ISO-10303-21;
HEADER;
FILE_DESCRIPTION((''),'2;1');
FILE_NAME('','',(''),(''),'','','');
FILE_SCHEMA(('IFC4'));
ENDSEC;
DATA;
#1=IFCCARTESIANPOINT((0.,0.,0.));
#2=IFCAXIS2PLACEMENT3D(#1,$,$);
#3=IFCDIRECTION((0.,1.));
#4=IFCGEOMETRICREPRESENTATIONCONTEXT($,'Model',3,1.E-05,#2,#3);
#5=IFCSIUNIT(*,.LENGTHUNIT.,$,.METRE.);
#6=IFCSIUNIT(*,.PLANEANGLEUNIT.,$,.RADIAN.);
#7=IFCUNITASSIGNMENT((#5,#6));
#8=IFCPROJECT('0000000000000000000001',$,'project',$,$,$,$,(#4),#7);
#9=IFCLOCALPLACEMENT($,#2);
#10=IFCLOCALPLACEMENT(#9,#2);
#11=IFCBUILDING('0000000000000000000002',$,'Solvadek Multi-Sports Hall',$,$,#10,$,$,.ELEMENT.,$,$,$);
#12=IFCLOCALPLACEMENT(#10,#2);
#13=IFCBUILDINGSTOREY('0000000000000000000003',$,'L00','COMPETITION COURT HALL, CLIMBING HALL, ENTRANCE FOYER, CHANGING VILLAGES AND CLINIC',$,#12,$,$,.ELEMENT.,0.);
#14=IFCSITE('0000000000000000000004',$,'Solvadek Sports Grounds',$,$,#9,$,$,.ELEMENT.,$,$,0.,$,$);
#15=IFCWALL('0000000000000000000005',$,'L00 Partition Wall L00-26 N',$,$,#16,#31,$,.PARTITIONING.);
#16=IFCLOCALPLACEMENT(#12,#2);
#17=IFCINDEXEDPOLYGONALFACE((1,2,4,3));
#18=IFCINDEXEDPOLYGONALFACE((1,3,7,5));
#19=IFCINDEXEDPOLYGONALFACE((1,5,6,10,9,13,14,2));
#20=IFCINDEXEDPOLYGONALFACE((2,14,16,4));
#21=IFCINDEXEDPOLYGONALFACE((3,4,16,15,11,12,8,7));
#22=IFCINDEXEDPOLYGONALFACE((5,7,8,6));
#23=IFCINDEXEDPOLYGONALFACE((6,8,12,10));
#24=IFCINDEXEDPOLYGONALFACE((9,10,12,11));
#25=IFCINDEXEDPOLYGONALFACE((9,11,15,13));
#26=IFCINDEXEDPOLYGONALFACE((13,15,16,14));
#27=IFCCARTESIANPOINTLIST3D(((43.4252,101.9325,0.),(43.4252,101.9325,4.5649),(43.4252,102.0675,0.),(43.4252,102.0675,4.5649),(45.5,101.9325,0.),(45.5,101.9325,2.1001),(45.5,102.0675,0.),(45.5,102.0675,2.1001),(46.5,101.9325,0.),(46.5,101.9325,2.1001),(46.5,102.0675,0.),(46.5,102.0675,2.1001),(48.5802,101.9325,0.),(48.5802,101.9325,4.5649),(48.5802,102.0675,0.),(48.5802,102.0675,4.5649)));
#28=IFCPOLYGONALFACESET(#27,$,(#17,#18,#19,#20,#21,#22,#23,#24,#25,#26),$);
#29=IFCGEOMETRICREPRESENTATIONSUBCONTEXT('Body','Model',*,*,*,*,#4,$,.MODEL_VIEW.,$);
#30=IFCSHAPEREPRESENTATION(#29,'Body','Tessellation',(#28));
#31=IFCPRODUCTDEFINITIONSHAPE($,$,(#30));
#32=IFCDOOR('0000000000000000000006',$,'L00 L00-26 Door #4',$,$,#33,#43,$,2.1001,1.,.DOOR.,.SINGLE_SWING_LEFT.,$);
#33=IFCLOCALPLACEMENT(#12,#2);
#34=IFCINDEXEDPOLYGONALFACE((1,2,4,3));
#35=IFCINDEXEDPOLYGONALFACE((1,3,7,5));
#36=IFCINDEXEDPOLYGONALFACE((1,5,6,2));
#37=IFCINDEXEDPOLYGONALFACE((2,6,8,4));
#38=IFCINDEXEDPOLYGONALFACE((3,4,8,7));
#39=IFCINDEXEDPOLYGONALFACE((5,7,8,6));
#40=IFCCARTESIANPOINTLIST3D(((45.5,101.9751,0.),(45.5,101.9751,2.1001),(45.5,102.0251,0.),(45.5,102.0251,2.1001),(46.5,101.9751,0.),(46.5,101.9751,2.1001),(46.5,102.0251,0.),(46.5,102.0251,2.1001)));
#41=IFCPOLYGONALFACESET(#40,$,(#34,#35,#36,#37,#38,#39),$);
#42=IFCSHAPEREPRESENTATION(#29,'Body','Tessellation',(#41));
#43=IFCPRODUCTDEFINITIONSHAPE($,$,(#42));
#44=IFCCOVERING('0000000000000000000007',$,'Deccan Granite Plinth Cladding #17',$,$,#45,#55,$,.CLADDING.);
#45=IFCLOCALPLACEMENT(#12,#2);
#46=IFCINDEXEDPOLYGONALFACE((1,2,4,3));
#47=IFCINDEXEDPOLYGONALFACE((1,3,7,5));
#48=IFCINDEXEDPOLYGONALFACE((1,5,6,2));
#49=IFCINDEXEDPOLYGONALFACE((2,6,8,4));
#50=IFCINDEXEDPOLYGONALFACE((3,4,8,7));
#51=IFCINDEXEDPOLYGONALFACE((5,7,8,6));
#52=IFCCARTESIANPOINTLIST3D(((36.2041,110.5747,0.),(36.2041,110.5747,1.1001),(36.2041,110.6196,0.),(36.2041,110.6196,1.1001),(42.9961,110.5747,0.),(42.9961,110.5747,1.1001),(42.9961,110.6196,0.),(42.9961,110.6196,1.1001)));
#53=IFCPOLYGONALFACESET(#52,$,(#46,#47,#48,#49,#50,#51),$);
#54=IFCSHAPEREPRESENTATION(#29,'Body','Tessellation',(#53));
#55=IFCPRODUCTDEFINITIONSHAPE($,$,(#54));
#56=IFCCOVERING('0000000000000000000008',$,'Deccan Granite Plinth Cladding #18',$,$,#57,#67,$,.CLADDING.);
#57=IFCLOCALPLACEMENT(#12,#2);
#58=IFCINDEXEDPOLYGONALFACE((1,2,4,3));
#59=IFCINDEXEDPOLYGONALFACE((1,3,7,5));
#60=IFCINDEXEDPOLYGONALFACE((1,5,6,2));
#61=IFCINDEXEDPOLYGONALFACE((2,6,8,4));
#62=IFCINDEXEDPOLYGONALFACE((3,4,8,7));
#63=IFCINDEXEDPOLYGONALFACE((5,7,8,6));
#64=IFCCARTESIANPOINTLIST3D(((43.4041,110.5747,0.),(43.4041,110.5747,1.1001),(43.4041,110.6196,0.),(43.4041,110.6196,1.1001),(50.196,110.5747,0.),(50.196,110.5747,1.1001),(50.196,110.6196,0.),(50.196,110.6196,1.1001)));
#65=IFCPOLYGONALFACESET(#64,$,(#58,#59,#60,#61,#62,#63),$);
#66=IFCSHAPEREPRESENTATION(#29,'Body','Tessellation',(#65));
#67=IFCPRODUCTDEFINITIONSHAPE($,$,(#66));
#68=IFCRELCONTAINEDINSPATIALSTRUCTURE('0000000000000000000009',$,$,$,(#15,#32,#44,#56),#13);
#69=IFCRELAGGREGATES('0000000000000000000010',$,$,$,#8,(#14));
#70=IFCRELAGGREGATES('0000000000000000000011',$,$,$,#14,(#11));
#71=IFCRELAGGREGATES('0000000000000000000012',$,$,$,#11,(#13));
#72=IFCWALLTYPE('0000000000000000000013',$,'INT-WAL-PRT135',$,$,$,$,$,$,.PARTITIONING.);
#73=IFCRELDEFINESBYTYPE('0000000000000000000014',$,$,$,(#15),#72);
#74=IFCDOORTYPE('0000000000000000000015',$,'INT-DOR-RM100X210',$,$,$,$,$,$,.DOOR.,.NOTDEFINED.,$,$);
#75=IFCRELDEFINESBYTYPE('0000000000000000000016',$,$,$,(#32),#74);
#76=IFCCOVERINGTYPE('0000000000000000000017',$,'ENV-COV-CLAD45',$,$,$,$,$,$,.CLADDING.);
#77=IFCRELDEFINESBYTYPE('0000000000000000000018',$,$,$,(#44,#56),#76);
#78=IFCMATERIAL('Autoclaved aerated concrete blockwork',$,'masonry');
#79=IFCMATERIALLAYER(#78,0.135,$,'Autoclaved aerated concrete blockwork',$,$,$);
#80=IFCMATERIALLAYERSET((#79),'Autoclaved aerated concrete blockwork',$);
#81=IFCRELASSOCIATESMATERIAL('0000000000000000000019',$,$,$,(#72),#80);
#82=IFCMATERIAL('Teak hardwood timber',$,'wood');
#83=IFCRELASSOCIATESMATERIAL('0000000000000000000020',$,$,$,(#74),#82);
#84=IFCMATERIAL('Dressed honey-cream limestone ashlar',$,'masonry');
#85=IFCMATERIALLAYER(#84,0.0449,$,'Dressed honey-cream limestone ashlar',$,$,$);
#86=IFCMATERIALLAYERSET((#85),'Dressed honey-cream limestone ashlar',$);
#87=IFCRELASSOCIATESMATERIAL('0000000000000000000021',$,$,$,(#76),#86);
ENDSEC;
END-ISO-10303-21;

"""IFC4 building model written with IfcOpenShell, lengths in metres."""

from ifc_helpers import new_model, si_unit, direction, frame, frame_2d, origin, origin_2d, place, context, subcontext, project, spatial, rectangle, extrude, material, layer, layer_set, type_object, element, fill, save


model = new_model("IFC4")

# Units and contexts
model_context = context("Model", 3, precision=1e-05, world=origin(), true_north=direction((0.0, 1.0)))
body_context = subcontext(model_context, "Body", "Model", "MODEL_VIEW")
ifc_project = project(units=[si_unit("LENGTHUNIT", "METRE"), si_unit("PLANEANGLEUNIT", "RADIAN")], contexts=[model_context])

# Site, building, storey
site_placement = place(None, origin())
site = spatial("IfcSite", under=ifc_project, at=site_placement, Name="Solvadek Sports Grounds", CompositionType="ELEMENT", RefElevation=0.0)
building_placement = place(site_placement, origin())
building = spatial("IfcBuilding", under=site, at=building_placement, Name="Solvadek Multi-Sports Hall", CompositionType="ELEMENT")
storey_placement = place(building_placement, origin())
storey = spatial("IfcBuildingStorey", under=building, at=storey_placement, Name="L00", Description="COMPETITION COURT HALL, CLIMBING HALL, ENTRANCE FOYER, CHANGING VILLAGES AND CLINIC", CompositionType="ELEMENT", Elevation=0.0)

# Shared definitions
ifc_material_1 = material(Name="Autoclaved aerated concrete blockwork", Category="masonry")
ifc_layer_1 = layer(ifc_material_1, 0.135, Name="Autoclaved aerated concrete blockwork")
ifc_layer_set_1 = layer_set([ifc_layer_1], Name="Autoclaved aerated concrete blockwork")
wall_type_1 = type_object("IfcWallType", Name="INT-WAL-PRT135", PredefinedType="PARTITIONING", material=ifc_layer_set_1)
ifc_material_2 = material(Name="Teak hardwood timber", Category="wood")
door_type = type_object("IfcDoorType", Name="INT-DOR-RM100X210", OperationType="NOTDEFINED", PredefinedType="DOOR", material=ifc_material_2)

# Wall, opening, door
wall_1_placement = place(storey_placement, frame((43.425, 102.0, 0.0), z_axis=(0.0, 0.0, 1.0), x_axis=(1.0, 0.0, 0.0)))
wall_1 = element("IfcWall", 1, at=wall_1_placement, inside=storey, type_object=wall_type_1, Name="L00 Partition Wall L00-26 N", PredefinedType="PARTITIONING", context=body_context, shape_type="SweptSolid", body=[
    extrude(rectangle(XDim=5.155, YDim=0.135, at=frame_2d((2.5776, 0.0))), origin(), (0.0, 0.0, 1.0), 4.5649),
])
opening_1_placement = place(wall_1_placement, frame((2.075, 0.0, 0.0)))
opening_1 = element("IfcOpeningElement", 2, at=opening_1_placement, cuts=wall_1, PredefinedType="OPENING", context=body_context, shape_type="SweptSolid", body=[
    extrude(rectangle(XDim=1.0, YDim=2.1001, at=frame_2d((0.5, 1.05))), frame((0.0, 0.0774, 0.0), z_axis=(0.0, -1.0, 0.0), x_axis=(1.0, 0.0, 0.0)), (0.0, 0.0, 1.0), 0.155),
])
door_1_placement = place(opening_1_placement, frame((1.0, 0.0, 0.0), z_axis=(0.0, 0.0, 1.0), x_axis=(-1.0, 0.0, 0.0)))
door_1 = element("IfcDoor", 3, at=door_1_placement, inside=storey, type_object=door_type, Name="L00 L00-26 Door #4", OperationType="SINGLE_SWING_LEFT", OverallHeight=2.1001, OverallWidth=1.0, PredefinedType="DOOR", context=body_context, shape_type="SweptSolid", body=[
    extrude(rectangle(XDim=1.0, YDim=2.1001, at=frame_2d((0.5, 1.05))), frame((0.0, 0.0249, 0.0), z_axis=(0.0, -1.0, 0.0), x_axis=(1.0, 0.0, 0.0)), (0.0, 0.0, 1.0), 0.05),
])
fill(opening_1, door_1)

# Coverings
ifc_material_3 = material(Name="Dressed honey-cream limestone ashlar", Category="masonry")
ifc_layer_2 = layer(ifc_material_3, 0.0449, Name="Dressed honey-cream limestone ashlar")
ifc_layer_set_2 = layer_set([ifc_layer_2], Name="Dressed honey-cream limestone ashlar")
covering_type = type_object("IfcCoveringType", Name="ENV-COV-CLAD45", PredefinedType="CLADDING", material=ifc_layer_set_2)
for number, where, z_axis, x_axis, name in (
    (4, (39.6001, 110.5972, 0.0), (0.0, 0.0, 1.0), (1.0, 0.0, 0.0), "Deccan Granite Plinth Cladding #17"),
    (5, (46.8, 110.5972, 0.0), (0.0, 0.0, 1.0), (1.0, 0.0, 0.0), "Deccan Granite Plinth Cladding #18"),
):
    element("IfcCovering", number, at=place(storey_placement, frame(where, z_axis=z_axis, x_axis=x_axis)), inside=storey, type_object=covering_type, Name=name, PredefinedType="CLADDING", context=body_context, shape_type="SweptSolid", body=[
        extrude(rectangle(XDim=6.792, YDim=0.0449, at=origin_2d()), origin(), (0.0, 0.0, 1.0), 1.1001),
    ])

save(model, "model.ifc")
